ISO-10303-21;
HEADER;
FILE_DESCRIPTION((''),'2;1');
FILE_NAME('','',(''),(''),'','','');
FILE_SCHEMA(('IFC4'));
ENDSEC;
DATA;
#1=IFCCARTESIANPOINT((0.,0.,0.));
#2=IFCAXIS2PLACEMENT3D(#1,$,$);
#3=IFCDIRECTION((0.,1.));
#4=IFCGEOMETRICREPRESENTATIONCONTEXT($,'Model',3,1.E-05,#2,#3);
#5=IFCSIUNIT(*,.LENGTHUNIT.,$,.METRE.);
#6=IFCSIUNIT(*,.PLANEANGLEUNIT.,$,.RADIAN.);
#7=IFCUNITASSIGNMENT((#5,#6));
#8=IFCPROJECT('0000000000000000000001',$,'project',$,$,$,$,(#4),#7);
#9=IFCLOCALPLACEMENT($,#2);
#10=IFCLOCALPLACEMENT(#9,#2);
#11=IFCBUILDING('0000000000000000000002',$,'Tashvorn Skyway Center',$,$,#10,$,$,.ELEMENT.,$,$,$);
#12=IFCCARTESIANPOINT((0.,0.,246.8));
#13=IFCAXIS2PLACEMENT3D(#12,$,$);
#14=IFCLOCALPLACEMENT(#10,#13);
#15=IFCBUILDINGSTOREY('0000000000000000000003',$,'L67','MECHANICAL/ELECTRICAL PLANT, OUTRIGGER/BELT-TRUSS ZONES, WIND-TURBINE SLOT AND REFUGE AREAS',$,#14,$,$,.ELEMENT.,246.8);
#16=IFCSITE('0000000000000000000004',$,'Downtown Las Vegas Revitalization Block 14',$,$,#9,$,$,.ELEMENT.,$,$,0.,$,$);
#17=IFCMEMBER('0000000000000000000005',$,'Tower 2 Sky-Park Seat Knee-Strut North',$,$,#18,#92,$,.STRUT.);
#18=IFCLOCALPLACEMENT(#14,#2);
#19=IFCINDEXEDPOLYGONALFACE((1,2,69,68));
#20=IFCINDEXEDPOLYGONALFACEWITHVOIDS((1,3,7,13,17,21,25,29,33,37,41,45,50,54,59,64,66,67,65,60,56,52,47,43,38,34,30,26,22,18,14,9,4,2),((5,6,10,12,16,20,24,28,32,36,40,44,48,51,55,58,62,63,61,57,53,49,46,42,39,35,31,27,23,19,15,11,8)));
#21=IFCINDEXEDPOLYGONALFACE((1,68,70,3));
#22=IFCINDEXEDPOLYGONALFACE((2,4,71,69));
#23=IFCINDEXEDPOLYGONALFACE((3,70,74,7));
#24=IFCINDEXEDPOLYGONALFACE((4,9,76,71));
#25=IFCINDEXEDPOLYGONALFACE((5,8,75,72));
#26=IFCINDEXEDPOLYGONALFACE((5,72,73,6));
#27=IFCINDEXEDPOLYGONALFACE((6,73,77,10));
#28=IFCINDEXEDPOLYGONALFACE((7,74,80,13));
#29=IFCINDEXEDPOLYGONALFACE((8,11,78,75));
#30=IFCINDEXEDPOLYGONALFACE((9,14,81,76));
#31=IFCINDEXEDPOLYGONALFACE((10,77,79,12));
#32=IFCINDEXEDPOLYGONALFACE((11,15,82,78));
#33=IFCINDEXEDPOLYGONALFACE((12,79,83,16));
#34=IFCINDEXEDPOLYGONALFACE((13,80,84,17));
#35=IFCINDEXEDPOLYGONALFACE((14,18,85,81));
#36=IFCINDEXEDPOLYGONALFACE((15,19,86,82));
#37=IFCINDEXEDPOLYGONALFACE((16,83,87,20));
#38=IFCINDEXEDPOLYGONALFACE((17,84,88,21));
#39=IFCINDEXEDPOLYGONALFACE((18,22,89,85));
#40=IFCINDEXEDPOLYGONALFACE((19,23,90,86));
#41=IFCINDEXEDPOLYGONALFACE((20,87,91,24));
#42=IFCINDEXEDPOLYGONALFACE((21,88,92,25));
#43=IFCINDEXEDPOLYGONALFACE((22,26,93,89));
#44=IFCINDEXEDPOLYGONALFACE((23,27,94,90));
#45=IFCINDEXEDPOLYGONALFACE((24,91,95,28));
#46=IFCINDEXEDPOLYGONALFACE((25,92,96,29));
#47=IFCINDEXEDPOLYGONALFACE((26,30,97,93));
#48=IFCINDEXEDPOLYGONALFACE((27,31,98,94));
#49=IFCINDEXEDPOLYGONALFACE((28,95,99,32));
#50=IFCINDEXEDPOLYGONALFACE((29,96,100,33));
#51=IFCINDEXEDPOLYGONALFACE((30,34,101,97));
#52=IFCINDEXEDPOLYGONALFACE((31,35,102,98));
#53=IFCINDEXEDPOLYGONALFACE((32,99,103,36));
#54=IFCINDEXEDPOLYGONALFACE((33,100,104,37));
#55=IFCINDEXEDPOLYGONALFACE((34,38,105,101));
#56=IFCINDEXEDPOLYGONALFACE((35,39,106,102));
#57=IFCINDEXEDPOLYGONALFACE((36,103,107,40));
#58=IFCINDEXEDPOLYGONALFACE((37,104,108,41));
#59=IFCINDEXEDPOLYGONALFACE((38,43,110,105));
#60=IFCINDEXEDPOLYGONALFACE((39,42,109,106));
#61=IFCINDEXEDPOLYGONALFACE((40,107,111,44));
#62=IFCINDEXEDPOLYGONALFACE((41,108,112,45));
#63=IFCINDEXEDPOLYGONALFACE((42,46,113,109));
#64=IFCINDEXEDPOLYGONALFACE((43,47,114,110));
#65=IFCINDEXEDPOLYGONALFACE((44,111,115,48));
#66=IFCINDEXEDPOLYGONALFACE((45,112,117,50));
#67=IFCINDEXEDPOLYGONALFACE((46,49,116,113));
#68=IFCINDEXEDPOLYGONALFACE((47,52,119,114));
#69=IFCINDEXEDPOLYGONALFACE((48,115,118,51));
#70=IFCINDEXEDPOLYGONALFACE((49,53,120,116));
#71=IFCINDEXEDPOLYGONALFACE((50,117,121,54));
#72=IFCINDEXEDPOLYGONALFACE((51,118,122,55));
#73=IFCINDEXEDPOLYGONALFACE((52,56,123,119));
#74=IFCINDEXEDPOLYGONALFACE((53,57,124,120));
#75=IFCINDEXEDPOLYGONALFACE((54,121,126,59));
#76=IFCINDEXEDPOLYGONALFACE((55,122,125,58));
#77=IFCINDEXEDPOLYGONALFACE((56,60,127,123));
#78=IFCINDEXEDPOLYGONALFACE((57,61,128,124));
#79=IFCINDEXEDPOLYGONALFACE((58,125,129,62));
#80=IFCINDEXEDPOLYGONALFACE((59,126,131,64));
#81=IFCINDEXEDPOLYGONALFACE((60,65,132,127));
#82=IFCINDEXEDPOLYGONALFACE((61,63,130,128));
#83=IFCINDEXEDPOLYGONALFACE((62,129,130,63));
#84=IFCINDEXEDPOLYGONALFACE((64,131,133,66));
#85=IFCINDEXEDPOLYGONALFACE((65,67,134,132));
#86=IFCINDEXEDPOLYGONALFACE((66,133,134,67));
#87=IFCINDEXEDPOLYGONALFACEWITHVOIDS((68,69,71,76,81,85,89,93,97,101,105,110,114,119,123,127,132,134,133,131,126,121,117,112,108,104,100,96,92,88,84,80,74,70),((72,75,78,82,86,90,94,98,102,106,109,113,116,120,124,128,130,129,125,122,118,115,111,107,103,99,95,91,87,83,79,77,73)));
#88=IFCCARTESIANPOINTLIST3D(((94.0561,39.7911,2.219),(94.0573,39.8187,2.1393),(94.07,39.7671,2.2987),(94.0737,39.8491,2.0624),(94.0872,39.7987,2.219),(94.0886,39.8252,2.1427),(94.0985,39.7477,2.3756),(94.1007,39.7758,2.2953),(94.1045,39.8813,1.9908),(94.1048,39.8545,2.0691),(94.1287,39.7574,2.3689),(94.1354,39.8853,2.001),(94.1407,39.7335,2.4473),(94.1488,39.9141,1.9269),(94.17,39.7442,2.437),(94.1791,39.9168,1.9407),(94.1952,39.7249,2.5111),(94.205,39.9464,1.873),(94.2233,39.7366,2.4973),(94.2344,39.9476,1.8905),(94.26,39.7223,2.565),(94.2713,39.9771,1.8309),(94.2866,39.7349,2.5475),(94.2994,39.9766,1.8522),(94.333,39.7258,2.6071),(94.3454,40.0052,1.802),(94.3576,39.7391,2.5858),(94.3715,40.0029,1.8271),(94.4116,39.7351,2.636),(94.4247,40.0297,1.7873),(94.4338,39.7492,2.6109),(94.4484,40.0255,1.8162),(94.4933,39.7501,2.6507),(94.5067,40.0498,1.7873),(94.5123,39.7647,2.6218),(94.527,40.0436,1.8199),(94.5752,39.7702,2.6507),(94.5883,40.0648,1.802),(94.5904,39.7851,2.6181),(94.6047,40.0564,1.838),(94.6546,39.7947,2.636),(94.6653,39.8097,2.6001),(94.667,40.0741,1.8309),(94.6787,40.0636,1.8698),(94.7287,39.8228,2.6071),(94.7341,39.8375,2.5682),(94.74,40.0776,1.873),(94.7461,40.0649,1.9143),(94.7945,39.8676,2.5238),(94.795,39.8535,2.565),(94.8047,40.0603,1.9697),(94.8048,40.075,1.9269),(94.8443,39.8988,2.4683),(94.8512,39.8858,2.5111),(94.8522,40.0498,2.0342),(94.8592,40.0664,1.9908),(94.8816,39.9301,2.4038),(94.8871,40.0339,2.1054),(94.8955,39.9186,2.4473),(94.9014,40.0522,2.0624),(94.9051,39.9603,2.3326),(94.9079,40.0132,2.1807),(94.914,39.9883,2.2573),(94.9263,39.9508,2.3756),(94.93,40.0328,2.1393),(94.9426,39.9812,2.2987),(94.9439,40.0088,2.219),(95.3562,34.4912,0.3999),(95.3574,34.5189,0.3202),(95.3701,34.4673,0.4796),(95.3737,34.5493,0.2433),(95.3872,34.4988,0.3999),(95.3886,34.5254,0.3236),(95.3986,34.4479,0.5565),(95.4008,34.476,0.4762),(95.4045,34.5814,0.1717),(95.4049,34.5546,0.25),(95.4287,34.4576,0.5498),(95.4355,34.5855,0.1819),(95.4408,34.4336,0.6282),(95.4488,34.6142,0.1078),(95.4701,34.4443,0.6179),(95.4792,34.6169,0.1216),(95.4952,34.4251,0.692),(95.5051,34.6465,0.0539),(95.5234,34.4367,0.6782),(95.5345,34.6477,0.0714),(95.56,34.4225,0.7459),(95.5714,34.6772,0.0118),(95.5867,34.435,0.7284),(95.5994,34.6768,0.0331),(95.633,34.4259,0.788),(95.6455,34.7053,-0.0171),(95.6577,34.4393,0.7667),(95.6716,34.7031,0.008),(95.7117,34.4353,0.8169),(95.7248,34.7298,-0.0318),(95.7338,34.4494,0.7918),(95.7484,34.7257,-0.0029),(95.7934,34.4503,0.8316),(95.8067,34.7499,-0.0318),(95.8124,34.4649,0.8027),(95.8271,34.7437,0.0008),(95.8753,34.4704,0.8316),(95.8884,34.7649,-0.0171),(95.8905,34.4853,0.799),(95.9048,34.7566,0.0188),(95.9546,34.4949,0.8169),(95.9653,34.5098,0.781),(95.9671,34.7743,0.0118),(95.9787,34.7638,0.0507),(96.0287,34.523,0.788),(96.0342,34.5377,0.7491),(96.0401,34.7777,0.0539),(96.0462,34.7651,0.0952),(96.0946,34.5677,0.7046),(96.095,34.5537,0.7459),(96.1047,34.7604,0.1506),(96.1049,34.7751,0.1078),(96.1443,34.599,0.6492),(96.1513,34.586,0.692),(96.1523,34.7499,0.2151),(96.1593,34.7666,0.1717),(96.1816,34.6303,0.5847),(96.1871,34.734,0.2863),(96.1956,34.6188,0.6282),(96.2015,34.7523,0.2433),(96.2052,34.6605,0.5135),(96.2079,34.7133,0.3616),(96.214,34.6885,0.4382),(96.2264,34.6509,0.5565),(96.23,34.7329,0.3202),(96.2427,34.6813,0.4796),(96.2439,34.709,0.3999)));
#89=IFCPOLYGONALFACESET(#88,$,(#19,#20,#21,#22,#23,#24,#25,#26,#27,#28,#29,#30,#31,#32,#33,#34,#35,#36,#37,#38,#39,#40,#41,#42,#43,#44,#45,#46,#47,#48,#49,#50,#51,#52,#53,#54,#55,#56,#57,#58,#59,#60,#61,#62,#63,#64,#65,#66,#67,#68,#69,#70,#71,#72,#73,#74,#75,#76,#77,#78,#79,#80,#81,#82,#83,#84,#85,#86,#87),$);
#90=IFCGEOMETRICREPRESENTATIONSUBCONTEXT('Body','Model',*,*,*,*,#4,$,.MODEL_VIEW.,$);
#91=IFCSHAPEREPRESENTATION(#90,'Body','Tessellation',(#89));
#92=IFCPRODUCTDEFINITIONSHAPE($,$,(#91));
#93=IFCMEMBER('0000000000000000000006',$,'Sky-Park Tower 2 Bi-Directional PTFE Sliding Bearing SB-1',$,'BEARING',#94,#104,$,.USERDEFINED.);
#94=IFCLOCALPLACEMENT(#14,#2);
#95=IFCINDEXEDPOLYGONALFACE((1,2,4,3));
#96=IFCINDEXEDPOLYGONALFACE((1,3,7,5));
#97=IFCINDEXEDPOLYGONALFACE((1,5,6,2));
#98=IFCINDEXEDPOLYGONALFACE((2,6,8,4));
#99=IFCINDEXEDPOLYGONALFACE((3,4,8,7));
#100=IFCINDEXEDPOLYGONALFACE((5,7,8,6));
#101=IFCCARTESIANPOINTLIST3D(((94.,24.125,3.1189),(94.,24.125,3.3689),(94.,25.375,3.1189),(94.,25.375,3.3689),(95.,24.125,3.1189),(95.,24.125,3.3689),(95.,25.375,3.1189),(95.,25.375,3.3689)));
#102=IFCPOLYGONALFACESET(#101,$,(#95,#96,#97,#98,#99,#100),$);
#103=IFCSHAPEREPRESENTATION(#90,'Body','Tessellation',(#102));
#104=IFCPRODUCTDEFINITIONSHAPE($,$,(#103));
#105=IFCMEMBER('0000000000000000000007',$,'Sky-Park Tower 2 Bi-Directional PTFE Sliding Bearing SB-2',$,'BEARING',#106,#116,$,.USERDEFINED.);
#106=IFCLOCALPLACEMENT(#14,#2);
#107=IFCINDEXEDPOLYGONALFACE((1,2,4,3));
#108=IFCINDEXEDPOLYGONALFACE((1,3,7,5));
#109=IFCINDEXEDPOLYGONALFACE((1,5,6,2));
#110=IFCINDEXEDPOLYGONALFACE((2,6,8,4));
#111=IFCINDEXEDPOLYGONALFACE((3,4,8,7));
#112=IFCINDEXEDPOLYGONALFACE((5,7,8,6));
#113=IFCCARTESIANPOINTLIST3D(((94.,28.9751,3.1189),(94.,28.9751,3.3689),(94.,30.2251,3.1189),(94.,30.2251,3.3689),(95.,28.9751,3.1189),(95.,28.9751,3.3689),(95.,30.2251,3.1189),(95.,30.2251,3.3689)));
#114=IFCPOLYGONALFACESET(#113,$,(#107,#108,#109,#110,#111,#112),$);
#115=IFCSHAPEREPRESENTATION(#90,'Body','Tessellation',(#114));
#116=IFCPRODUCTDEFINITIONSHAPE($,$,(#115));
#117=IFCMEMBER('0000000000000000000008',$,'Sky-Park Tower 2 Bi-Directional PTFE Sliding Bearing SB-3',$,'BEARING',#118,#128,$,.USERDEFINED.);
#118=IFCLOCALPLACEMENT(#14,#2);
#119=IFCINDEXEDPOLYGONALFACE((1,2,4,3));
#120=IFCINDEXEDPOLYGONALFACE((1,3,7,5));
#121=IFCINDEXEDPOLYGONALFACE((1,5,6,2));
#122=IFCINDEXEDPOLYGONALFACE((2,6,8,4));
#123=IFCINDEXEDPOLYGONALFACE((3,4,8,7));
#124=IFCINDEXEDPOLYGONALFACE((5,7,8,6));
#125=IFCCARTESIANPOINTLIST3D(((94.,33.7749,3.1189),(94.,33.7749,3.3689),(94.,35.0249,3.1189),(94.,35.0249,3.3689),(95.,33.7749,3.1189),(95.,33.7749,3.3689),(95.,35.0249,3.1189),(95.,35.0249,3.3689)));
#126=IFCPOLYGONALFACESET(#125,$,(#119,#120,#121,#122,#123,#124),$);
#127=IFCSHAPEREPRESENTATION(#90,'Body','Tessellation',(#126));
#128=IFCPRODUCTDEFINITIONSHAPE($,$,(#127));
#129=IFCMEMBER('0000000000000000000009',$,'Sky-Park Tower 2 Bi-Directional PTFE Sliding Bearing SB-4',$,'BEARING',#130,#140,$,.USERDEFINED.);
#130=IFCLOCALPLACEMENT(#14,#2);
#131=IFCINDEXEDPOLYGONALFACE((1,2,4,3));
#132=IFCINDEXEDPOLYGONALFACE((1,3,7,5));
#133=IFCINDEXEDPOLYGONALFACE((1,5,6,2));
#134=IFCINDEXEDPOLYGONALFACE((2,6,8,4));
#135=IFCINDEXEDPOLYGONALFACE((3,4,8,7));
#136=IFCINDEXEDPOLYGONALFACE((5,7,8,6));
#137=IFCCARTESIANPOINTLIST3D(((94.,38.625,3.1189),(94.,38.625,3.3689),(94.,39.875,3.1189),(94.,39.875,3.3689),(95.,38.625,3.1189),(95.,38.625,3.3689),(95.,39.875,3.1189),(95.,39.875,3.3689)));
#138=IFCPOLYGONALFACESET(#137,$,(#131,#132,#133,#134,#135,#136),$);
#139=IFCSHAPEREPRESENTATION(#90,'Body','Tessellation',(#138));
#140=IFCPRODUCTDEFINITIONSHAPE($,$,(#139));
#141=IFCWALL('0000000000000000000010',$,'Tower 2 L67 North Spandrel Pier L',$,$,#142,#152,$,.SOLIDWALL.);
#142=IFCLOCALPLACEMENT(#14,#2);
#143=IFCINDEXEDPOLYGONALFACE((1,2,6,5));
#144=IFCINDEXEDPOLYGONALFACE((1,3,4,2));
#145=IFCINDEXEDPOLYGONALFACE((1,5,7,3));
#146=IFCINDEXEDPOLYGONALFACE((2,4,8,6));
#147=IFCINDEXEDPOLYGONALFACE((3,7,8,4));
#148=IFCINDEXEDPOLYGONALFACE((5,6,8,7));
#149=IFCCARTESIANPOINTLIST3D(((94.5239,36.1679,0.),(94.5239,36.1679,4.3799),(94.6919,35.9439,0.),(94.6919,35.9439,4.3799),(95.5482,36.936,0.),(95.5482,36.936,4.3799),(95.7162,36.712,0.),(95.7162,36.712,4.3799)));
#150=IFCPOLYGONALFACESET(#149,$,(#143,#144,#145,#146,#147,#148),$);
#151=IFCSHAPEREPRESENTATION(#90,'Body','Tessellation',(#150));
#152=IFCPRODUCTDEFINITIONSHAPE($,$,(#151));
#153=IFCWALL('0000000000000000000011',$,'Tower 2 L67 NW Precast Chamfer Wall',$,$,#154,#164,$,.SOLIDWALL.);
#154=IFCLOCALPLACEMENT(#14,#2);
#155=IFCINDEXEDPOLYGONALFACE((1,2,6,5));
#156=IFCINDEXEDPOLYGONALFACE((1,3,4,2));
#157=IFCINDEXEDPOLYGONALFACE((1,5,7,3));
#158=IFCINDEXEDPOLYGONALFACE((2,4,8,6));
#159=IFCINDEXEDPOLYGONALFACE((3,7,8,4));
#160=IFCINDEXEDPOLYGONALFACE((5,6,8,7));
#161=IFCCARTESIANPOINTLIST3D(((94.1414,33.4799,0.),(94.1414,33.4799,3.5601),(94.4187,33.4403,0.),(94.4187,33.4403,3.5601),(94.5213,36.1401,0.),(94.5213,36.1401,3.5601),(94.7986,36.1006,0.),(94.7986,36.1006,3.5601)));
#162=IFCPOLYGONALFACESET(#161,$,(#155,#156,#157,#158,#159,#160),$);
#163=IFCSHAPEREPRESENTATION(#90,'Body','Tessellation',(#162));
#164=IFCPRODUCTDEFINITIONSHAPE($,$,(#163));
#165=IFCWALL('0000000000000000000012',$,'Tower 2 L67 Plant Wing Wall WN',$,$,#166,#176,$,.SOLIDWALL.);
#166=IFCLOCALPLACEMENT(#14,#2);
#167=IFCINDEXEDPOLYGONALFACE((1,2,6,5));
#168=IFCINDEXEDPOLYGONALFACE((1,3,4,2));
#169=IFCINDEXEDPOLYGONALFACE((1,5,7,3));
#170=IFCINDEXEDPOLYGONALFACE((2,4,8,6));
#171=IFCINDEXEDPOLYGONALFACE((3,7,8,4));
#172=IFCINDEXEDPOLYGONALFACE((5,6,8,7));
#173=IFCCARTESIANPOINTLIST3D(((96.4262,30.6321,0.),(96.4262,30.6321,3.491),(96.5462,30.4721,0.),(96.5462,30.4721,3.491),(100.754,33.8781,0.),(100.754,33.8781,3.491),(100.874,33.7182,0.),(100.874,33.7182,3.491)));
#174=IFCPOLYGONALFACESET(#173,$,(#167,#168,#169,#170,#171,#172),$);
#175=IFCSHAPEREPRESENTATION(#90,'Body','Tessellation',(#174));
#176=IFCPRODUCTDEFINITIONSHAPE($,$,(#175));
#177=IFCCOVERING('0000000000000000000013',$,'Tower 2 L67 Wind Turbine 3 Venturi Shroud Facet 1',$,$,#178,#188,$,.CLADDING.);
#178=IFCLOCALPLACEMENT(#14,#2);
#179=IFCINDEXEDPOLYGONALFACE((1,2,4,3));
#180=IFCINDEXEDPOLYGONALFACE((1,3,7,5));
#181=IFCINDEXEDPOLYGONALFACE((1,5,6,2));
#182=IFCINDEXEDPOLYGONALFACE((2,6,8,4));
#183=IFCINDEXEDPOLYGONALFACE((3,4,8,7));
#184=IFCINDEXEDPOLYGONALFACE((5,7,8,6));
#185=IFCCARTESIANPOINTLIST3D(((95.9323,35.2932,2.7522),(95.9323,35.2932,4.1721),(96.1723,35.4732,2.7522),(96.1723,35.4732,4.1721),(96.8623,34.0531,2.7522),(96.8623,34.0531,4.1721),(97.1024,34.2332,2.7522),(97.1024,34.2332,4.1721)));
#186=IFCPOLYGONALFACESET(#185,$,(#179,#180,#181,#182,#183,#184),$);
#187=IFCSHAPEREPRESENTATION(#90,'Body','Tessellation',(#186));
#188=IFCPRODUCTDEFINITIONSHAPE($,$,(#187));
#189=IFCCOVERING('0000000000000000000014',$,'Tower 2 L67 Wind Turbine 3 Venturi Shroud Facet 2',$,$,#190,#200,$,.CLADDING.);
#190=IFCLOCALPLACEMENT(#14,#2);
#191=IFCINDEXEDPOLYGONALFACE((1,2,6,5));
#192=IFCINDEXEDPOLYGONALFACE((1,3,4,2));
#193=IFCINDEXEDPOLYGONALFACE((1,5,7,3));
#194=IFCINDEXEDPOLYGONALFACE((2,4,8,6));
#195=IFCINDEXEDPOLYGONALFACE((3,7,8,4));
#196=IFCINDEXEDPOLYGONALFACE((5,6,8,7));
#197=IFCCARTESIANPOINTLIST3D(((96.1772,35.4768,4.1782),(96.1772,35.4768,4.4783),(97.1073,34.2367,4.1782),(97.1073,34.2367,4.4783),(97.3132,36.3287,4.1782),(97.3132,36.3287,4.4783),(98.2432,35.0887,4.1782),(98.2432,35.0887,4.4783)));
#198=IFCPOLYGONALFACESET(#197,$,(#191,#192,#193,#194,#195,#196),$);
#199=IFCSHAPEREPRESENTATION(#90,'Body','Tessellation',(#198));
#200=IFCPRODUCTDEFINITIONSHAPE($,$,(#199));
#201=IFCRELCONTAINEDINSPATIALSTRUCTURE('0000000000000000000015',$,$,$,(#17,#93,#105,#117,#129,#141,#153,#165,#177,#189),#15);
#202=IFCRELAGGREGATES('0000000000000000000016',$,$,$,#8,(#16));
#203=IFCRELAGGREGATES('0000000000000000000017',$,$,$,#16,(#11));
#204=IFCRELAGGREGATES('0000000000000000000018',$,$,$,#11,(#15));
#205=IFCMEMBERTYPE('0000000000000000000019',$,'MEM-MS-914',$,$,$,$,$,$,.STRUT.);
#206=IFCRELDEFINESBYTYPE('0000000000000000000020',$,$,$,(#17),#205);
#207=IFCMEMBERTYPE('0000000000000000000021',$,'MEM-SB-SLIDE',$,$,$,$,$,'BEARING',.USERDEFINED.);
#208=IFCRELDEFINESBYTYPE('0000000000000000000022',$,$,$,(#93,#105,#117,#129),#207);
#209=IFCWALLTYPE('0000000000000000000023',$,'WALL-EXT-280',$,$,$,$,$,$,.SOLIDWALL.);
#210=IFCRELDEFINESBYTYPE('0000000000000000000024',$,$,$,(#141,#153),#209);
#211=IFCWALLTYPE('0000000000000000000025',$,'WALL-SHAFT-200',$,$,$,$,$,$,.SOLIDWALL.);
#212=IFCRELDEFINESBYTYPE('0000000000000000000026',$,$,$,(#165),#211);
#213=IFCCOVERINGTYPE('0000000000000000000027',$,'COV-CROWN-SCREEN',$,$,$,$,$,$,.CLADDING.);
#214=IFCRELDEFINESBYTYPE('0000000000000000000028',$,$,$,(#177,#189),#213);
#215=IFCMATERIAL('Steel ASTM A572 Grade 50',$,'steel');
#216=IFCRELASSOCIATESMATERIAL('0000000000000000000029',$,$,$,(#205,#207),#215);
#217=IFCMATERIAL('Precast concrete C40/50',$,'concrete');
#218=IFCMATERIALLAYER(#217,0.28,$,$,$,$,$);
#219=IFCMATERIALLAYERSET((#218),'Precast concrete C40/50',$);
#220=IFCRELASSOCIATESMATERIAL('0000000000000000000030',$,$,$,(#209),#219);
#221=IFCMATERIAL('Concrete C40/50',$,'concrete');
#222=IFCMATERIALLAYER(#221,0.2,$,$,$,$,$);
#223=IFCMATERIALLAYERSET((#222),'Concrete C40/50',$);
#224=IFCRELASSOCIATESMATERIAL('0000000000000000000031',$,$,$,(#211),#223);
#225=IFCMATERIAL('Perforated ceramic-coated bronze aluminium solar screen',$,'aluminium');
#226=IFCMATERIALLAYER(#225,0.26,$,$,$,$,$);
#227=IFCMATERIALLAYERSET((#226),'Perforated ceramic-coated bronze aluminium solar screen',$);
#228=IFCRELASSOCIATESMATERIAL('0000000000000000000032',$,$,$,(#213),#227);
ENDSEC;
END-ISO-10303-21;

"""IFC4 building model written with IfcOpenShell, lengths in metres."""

from ifc_helpers import new_model, si_unit, direction, frame, frame_2d, origin, origin_2d, place, context, subcontext, project, spatial, rectangle, hollow_circle, extrude, material, layer, layer_set, material_profile, profile_set, type_object, element, save


model = new_model("IFC4")

# Units and contexts
model_context = context("Model", 3, precision=1e-05, world=origin(), true_north=direction((0.0, 1.0)))
body_context = subcontext(model_context, "Body", "Model", "MODEL_VIEW")
ifc_project = project(units=[si_unit("LENGTHUNIT", "METRE"), si_unit("PLANEANGLEUNIT", "RADIAN")], contexts=[model_context])

# Site, building, storey
site_placement = place(None, origin())
site = spatial("IfcSite", under=ifc_project, at=site_placement, Name="Downtown Las Vegas Revitalization Block 14", CompositionType="ELEMENT", RefElevation=0.0)
building_placement = place(site_placement, origin())
building = spatial("IfcBuilding", under=site, at=building_placement, Name="Tashvorn Skyway Center", CompositionType="ELEMENT")
storey_placement = place(building_placement, frame((0.0, 0.0, 246.8)))
storey = spatial("IfcBuildingStorey", under=building, at=storey_placement, Name="L67", Description="MECHANICAL/ELECTRICAL PLANT, OUTRIGGER/BELT-TRUSS ZONES, WIND-TURBINE SLOT AND REFUGE AREAS", CompositionType="ELEMENT", Elevation=246.8)

# Shared definitions
ifc_material_1 = material(Name="Steel ASTM A572 Grade 50", Category="steel")

# Members
ifc_material_profile_1 = material_profile(ifc_material_1, hollow_circle(Radius=0.457, WallThickness=0.032, at=origin_2d()), Name="CHS914x32")
ifc_profile_set_1 = profile_set([ifc_material_profile_1], Name="Steel ASTM A572 Grade 50")
member_type_1 = type_object("IfcMemberType", Name="MEM-MS-914", PredefinedType="STRUT", material=ifc_profile_set_1)
member_placement = place(storey_placement, frame((95.8, 34.6001, 0.3999), z_axis=(-0.226011, 0.921362, 0.316246), x_axis=(-0.971207, -0.238238, 0.0)))
element("IfcMember", 1, at=member_placement, inside=storey, type_object=member_type_1, Name="Tower 2 Sky-Park Seat Knee-Strut North", PredefinedType="STRUT", context=body_context, shape_type="SweptSolid", body=[
    extrude(hollow_circle(Radius=0.457, WallThickness=0.032, at=origin_2d()), origin(), (0.0, 0.0, 1.0), 5.7522),
])
ifc_material_profile_2 = material_profile(ifc_material_1, rectangle(XDim=1.0, YDim=1.25, at=origin_2d()), Name="PTFE-BRG-1000x1000")
ifc_profile_set_2 = profile_set([ifc_material_profile_2], Name="Steel ASTM A572 Grade 50")
member_type_2 = type_object("IfcMemberType", Name="MEM-SB-SLIDE", ElementType="BEARING", PredefinedType="USERDEFINED", material=ifc_profile_set_2)
for number, where, z_axis, x_axis, name in (
    (2, (94.5, 24.75, 3.1189), (0.0, 0.0, 1.0), (1.0, 0.0, 0.0), "Sky-Park Tower 2 Bi-Directional PTFE Sliding Bearing SB-1"),
    (3, (94.5, 29.6001, 3.1189), (0.0, 0.0, 1.0), (1.0, 0.0, 0.0), "Sky-Park Tower 2 Bi-Directional PTFE Sliding Bearing SB-2"),
    (4, (94.5, 34.3999, 3.1189), (0.0, 0.0, 1.0), (1.0, 0.0, 0.0), "Sky-Park Tower 2 Bi-Directional PTFE Sliding Bearing SB-3"),
    (5, (94.5, 39.25, 3.1189), (0.0, 0.0, 1.0), (1.0, 0.0, 0.0), "Sky-Park Tower 2 Bi-Directional PTFE Sliding Bearing SB-4"),
):
    element("IfcMember", number, at=place(storey_placement, frame(where, z_axis=z_axis, x_axis=x_axis)), inside=storey, type_object=member_type_2, Name=name, ObjectType="BEARING", PredefinedType="USERDEFINED", context=body_context, shape_type="SweptSolid", body=[
        extrude(rectangle(XDim=1.0, YDim=1.25, at=origin_2d()), origin(), (0.0, 0.0, 1.0), 0.25),
    ])

# Walls
ifc_material_2 = material(Name="Precast concrete C40/50", Category="concrete")
ifc_layer_1 = layer(ifc_material_2, 0.28)
ifc_layer_set_1 = layer_set([ifc_layer_1], Name="Precast concrete C40/50")
wall_type_1 = type_object("IfcWallType", Name="WALL-EXT-280", PredefinedType="SOLIDWALL", material=ifc_layer_set_1)
wall_1_placement = place(storey_placement, frame((94.6079, 36.0559, 0.0), z_axis=(0.0, 0.0, 1.0), x_axis=(0.800023, 0.599969, 0.0)))
element("IfcWall", 6, at=wall_1_placement, inside=storey, type_object=wall_type_1, Name="Tower 2 L67 North Spandrel Pier L", PredefinedType="SOLIDWALL", context=body_context, shape_type="SweptSolid", body=[
    extrude(rectangle(XDim=1.2803, YDim=0.28, at=frame_2d((0.6401, 0.0))), origin(), (0.0, 0.0, 1.0), 4.3799),
])
wall_2_placement = place(storey_placement, frame((94.28, 33.46, 0.0), z_axis=(0.0, 0.0, 1.0), x_axis=(0.14137, 0.989957, 0.0)))
element("IfcWall", 7, at=wall_2_placement, inside=storey, type_object=wall_type_1, Name="Tower 2 L67 NW Precast Chamfer Wall", PredefinedType="SOLIDWALL", context=body_context, shape_type="SweptSolid", body=[
    extrude(rectangle(XDim=2.6873, YDim=0.28, at=frame_2d((1.3438, 0.0))), origin(), (0.0, 0.0, 1.0), 3.5601),
])
ifc_material_3 = material(Name="Concrete C40/50", Category="concrete")
ifc_layer_2 = layer(ifc_material_3, 0.2)
ifc_layer_set_2 = layer_set([ifc_layer_2], Name="Concrete C40/50")
wall_type_2 = type_object("IfcWallType", Name="WALL-SHAFT-200", PredefinedType="SOLIDWALL", material=ifc_layer_set_2)
wall_3_placement = place(storey_placement, frame((96.4861, 30.552, 0.0), z_axis=(0.0, 0.0, 1.0), x_axis=(0.799984, 0.600022, 0.0)))
element("IfcWall", 8, at=wall_3_placement, inside=storey, type_object=wall_type_2, Name="Tower 2 L67 Plant Wing Wall WN", PredefinedType="SOLIDWALL", context=body_context, shape_type="SweptSolid", body=[
    extrude(rectangle(XDim=5.4099, YDim=0.2, at=frame_2d((2.7051, 0.0))), origin(), (0.0, 0.0, 1.0), 3.491),
])

# Coverings
ifc_material_4 = material(Name="Perforated ceramic-coated bronze aluminium solar screen", Category="aluminium")
ifc_layer_3 = layer(ifc_material_4, 0.26)
ifc_layer_set_3 = layer_set([ifc_layer_3], Name="Perforated ceramic-coated bronze aluminium solar screen")
covering_type_1 = type_object("IfcCoveringType", Name="COV-CROWN-SCREEN", PredefinedType="CLADDING", material=ifc_layer_set_3)
covering_1_placement = place(storey_placement, frame((96.5173, 34.7632, 2.7522), z_axis=(0.0, 0.0, 1.0), x_axis=(-0.8, -0.6, 0.0)))
element("IfcCovering", 9, at=covering_1_placement, inside=storey, type_object=covering_type_1, Name="Tower 2 L67 Wind Turbine 3 Venturi Shroud Facet 1", PredefinedType="CLADDING", context=body_context, shape_type="SweptSolid", body=[
    extrude(rectangle(XDim=0.3, YDim=1.55, at=origin_2d()), origin(), (0.0, 0.0, 1.0), 1.4199),
])
for number, where, z_axis, x_axis, name in (
    (10, (97.2102, 35.2827, 4.1782), (0.0, 0.0, 1.0), (-0.8, -0.6, 0.0), "Tower 2 L67 Wind Turbine 3 Venturi Shroud Facet 2"),
):
    element("IfcCovering", number, at=place(storey_placement, frame(where, z_axis=z_axis, x_axis=x_axis)), inside=storey, type_object=covering_type_1, Name=name, PredefinedType="CLADDING", context=body_context, shape_type="SweptSolid", body=[
        extrude(rectangle(XDim=1.4199, YDim=1.55, at=origin_2d()), origin(), (0.0, 0.0, 1.0), 0.3),
    ])

save(model, "model.ifc")
